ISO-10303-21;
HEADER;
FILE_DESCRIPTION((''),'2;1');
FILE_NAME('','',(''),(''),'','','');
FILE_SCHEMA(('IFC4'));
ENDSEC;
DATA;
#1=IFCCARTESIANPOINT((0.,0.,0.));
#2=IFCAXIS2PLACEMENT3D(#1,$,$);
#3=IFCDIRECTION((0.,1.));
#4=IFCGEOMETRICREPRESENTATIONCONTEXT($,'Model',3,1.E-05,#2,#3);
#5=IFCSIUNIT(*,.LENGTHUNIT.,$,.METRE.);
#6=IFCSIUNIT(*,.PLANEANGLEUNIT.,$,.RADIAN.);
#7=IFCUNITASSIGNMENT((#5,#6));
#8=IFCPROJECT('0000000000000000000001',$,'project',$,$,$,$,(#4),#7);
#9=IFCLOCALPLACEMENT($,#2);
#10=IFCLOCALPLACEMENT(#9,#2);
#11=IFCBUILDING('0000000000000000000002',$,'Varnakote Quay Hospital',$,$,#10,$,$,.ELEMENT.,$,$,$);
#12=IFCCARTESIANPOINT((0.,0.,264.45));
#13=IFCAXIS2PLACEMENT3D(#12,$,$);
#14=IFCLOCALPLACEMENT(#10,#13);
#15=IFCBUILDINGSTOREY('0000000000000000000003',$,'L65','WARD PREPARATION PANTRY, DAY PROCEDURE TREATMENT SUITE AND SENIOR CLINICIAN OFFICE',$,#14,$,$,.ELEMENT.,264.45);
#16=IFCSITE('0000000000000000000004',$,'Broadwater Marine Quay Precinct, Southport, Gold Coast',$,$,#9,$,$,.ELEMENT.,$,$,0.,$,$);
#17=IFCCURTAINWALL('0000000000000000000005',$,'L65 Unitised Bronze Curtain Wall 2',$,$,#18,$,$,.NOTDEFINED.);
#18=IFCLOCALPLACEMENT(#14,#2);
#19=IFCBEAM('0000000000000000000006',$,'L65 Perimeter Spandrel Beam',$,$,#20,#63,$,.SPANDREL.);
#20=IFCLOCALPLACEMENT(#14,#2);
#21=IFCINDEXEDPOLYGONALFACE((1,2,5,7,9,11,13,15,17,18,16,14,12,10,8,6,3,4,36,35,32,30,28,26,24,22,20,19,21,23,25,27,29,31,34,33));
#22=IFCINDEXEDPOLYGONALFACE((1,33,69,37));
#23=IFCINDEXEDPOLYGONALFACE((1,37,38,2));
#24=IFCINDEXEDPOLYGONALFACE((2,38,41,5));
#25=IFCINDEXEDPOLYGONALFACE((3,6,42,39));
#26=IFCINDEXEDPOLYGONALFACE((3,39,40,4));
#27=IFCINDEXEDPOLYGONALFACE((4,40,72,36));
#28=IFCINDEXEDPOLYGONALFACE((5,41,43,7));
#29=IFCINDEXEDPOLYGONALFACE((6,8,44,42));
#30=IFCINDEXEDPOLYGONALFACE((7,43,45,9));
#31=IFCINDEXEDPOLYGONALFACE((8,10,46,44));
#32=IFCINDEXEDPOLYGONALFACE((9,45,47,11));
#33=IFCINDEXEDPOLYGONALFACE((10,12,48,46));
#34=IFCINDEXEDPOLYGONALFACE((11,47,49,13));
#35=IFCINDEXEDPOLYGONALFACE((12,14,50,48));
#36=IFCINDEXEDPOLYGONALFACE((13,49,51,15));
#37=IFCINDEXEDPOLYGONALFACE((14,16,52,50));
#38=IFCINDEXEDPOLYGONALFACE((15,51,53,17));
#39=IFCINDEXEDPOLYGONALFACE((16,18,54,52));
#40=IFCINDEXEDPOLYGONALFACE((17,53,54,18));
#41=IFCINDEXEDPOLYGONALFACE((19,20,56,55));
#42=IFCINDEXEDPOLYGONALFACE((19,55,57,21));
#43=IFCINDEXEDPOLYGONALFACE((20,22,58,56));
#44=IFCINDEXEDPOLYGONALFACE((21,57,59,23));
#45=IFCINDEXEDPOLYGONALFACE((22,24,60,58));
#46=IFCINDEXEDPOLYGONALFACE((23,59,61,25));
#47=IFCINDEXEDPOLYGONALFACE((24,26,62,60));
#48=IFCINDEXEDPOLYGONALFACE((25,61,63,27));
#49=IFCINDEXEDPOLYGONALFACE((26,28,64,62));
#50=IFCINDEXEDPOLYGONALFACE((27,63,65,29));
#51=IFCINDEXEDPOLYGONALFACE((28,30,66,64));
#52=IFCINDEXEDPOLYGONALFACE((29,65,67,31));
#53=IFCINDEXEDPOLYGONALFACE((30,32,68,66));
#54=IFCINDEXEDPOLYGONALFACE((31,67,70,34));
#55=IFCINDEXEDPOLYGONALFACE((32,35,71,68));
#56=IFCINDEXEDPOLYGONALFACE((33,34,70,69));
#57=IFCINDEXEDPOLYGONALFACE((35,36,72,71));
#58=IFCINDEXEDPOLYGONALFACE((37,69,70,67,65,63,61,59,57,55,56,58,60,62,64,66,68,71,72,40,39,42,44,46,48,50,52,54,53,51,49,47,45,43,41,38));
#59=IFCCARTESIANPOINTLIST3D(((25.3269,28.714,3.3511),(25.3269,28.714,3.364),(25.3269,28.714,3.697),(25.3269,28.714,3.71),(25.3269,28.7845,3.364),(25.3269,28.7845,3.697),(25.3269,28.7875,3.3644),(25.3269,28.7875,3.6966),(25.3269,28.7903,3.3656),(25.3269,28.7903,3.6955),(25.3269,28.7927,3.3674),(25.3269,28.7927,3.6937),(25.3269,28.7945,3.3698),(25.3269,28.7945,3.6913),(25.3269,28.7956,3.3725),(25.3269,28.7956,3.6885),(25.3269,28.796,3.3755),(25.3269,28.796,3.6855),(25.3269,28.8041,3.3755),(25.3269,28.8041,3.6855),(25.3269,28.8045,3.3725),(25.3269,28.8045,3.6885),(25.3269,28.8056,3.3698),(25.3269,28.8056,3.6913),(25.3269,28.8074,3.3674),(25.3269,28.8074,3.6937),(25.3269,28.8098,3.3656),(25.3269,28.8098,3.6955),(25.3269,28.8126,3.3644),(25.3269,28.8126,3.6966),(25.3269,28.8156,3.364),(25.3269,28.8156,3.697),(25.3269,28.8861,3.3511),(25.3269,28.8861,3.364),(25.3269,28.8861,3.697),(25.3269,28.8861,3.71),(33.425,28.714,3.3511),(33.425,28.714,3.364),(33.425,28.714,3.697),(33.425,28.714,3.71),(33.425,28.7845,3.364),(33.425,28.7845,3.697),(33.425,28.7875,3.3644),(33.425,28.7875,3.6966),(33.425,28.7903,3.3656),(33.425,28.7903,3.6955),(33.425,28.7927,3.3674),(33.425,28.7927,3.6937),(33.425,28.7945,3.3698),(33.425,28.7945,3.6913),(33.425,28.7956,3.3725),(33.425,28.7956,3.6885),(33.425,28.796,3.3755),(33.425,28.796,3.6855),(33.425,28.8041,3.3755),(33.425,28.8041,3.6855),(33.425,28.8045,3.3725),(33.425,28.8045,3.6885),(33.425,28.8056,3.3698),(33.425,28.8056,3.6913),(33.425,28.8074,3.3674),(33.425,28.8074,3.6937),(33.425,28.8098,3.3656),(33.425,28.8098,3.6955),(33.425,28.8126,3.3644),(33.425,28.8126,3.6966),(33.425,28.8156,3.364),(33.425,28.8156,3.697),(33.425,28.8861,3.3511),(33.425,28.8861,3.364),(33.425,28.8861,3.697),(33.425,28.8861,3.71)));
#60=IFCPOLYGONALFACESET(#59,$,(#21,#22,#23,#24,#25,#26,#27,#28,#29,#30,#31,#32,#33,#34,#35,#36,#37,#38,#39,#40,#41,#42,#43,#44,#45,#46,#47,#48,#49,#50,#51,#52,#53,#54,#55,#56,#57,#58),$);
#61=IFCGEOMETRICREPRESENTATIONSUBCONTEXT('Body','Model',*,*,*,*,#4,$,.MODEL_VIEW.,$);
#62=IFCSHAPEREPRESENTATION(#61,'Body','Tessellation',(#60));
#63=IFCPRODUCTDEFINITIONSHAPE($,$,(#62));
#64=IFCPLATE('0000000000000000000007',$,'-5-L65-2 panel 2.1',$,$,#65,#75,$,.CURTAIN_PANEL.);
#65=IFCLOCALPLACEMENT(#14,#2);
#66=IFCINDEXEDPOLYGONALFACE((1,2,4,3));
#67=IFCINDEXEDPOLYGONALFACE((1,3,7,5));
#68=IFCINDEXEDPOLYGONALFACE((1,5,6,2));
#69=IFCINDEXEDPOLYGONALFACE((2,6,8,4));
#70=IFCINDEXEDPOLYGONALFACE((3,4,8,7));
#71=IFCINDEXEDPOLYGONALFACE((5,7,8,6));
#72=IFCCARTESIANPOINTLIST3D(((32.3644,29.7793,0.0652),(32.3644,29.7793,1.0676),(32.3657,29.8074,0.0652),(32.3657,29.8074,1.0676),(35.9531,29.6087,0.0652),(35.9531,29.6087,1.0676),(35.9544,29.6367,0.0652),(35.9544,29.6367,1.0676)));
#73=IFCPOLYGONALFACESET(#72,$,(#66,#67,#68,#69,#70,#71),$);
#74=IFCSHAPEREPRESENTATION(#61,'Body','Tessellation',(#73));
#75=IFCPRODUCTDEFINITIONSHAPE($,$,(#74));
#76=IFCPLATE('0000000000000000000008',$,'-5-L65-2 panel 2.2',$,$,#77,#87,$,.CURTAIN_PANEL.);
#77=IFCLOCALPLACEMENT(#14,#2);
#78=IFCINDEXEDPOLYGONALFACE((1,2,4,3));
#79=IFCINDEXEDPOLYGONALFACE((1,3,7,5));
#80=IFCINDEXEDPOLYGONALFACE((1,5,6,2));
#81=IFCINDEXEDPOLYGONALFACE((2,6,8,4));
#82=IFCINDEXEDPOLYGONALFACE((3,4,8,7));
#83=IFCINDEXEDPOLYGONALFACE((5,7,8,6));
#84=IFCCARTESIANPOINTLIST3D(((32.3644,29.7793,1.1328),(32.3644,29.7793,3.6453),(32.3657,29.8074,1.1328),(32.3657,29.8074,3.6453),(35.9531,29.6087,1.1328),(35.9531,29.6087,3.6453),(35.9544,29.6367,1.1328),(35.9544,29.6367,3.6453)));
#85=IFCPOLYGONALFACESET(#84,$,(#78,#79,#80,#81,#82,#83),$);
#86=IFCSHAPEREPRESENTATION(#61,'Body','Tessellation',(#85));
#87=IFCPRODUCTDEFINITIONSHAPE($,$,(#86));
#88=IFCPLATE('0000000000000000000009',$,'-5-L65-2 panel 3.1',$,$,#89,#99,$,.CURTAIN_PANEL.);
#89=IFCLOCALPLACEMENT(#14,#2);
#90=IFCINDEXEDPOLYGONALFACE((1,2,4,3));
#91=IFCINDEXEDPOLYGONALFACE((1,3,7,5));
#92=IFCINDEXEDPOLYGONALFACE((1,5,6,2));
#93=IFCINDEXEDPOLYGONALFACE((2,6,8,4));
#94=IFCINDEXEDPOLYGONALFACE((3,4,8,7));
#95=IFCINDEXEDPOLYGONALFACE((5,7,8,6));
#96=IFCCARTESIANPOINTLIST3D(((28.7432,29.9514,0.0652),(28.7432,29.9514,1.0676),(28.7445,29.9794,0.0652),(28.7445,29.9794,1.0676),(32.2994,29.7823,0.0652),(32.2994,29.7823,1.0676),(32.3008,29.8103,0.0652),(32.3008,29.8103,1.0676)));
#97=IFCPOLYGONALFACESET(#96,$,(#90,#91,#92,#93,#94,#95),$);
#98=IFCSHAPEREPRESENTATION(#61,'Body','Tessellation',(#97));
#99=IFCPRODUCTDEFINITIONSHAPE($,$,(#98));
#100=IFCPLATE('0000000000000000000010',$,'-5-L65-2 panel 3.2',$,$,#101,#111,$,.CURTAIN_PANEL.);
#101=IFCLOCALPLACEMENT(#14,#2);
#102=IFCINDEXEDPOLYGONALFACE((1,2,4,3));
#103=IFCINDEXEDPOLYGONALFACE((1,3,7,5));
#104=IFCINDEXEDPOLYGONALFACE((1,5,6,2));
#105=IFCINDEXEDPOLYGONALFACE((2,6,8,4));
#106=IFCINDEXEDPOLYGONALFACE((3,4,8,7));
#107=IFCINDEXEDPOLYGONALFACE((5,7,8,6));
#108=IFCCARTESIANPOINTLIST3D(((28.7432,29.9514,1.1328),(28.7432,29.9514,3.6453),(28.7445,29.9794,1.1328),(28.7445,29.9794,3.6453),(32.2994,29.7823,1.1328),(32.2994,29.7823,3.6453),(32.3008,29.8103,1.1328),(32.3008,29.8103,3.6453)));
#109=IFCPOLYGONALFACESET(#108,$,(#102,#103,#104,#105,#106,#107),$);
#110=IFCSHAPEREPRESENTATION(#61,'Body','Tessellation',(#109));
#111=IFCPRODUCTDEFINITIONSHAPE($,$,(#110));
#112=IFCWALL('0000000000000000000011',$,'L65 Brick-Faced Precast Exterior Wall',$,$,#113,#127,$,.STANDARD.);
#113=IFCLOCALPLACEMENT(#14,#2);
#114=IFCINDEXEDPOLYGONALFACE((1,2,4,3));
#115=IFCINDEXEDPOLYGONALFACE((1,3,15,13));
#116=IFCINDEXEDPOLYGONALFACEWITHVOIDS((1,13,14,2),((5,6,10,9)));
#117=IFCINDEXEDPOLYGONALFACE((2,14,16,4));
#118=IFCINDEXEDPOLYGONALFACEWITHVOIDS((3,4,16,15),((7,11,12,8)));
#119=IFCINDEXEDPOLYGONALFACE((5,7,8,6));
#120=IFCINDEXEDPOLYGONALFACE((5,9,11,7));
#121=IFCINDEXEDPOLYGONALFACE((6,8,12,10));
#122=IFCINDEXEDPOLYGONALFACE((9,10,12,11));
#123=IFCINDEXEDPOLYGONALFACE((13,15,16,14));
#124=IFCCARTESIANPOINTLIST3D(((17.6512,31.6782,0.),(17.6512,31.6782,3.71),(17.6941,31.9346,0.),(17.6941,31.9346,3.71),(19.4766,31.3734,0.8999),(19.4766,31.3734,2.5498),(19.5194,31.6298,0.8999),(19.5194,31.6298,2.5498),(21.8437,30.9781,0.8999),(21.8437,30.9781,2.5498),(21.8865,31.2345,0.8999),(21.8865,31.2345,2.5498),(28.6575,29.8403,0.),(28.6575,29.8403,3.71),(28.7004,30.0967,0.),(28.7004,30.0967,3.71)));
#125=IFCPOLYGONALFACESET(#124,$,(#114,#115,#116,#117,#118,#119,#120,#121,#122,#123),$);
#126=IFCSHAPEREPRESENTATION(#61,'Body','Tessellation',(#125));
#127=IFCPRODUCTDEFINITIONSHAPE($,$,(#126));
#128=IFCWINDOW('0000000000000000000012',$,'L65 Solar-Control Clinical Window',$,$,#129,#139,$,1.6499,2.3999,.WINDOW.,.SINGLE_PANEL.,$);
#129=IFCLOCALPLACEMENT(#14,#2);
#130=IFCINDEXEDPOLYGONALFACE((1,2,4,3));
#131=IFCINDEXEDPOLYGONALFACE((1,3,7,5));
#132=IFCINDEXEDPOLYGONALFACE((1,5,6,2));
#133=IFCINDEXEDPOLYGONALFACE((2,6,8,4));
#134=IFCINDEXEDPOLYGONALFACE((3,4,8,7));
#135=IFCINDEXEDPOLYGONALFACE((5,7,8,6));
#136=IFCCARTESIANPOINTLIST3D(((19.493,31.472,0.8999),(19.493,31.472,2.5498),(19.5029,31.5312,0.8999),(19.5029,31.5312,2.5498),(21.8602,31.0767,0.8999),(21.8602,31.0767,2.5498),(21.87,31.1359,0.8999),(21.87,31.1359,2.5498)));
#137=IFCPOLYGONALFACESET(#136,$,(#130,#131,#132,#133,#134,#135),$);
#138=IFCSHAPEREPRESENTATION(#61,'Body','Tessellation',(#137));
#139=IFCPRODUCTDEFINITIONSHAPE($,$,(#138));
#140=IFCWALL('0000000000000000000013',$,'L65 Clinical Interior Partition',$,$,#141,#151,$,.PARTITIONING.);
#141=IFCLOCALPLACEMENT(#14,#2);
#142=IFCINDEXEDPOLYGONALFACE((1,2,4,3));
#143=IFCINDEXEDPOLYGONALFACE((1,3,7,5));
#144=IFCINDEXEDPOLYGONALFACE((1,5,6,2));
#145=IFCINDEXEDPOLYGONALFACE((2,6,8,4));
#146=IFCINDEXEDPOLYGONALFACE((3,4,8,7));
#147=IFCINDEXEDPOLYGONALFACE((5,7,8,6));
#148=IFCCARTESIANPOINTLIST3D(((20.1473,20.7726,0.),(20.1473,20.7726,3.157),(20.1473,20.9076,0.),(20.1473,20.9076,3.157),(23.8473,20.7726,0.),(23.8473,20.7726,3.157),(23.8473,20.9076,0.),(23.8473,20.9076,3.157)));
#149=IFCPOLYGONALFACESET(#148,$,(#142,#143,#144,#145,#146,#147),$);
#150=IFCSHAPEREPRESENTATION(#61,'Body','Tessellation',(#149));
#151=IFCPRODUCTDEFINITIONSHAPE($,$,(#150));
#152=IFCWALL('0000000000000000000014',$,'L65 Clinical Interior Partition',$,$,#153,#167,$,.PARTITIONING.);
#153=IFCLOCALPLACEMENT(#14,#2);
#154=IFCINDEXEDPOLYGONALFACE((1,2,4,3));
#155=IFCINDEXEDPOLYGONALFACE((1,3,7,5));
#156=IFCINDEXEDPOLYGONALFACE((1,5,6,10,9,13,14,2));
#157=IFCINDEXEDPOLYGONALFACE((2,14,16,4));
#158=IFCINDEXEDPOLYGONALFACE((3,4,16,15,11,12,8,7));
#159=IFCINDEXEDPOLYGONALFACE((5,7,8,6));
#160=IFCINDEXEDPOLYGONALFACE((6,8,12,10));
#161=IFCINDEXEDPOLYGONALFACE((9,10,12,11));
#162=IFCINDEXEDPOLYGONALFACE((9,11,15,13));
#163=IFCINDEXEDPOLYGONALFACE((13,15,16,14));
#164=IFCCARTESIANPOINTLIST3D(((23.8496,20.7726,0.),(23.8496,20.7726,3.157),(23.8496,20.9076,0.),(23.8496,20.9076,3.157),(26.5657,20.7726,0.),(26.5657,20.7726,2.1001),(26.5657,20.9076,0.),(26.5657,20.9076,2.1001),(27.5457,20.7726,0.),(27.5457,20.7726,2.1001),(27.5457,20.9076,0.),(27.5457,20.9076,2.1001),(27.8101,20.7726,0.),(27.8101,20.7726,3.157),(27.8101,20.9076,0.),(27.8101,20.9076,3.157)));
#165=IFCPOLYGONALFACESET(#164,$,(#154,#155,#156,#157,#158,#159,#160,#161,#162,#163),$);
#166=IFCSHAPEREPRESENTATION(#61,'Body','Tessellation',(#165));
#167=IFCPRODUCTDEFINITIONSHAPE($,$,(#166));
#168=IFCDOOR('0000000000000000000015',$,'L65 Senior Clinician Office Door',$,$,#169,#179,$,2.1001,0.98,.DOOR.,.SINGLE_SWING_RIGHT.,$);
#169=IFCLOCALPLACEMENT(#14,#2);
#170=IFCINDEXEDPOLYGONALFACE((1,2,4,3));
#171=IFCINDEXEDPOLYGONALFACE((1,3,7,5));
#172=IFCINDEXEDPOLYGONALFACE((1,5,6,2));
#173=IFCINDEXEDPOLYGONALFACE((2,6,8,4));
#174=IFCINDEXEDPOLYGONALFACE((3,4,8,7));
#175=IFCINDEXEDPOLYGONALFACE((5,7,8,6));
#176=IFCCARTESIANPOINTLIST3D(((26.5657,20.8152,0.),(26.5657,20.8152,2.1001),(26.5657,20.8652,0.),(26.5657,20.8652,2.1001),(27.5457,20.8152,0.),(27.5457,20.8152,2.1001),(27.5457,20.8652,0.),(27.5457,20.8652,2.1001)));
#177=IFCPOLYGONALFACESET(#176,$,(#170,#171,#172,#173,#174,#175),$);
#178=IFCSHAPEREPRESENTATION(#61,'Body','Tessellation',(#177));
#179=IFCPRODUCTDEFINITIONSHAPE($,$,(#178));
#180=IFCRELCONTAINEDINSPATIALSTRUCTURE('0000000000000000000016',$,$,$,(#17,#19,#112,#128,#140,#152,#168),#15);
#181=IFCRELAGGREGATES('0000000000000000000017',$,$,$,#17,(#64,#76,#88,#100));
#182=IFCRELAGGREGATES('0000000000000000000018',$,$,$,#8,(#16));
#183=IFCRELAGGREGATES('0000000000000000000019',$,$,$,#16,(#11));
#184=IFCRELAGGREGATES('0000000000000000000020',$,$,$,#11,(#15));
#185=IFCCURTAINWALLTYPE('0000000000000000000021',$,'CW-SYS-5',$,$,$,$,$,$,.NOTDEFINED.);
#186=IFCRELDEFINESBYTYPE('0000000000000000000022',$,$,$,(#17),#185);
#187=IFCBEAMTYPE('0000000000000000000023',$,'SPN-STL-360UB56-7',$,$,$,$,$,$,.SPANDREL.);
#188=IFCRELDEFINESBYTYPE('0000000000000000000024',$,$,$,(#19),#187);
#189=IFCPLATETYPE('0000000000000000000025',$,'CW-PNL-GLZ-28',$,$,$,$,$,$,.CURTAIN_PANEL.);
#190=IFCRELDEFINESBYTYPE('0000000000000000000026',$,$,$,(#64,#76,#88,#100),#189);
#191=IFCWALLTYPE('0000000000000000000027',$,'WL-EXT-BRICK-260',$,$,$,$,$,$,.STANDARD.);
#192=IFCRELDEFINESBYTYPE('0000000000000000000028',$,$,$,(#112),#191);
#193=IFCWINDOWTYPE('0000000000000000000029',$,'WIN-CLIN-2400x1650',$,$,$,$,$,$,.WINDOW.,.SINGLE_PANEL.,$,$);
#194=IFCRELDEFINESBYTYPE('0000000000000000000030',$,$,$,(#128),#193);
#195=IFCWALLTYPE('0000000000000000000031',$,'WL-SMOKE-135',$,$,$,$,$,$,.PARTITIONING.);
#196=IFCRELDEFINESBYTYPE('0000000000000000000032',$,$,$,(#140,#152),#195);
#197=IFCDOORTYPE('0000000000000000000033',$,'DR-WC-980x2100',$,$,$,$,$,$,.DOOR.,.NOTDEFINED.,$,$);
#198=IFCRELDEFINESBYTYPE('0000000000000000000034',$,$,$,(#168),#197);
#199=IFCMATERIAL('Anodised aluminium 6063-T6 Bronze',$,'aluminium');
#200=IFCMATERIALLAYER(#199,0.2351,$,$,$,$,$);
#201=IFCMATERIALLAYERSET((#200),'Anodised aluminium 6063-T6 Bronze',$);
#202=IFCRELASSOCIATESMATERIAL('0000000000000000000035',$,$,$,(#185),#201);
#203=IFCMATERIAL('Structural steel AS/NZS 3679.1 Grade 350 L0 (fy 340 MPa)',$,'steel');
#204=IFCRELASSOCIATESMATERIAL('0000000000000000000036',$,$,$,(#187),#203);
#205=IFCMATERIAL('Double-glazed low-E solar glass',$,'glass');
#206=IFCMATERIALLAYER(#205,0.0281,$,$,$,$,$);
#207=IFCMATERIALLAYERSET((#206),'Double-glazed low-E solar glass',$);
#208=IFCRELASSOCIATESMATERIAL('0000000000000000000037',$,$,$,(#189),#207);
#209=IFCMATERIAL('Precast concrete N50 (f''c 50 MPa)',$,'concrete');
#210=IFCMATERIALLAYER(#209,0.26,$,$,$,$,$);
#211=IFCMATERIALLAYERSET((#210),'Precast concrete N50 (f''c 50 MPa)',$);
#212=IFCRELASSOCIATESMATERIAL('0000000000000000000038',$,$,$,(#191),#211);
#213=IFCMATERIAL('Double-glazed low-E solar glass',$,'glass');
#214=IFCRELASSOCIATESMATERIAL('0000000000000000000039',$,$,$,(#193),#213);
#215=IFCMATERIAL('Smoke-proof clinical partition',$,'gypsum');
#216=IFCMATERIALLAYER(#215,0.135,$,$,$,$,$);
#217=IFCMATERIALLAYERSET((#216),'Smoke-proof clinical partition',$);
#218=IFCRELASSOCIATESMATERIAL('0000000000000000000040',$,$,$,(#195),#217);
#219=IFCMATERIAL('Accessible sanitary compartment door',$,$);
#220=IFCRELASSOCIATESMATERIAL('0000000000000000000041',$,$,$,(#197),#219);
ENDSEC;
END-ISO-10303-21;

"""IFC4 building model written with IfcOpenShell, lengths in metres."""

from ifc_helpers import new_model, si_unit, direction, frame, frame_2d, origin, origin_2d, place, context, subcontext, project, spatial, rectangle, i_section, extrude, material, layer, layer_set, material_profile, profile_set, type_object, element, fill, aggregate, save


model = new_model("IFC4")

# Units and contexts
model_context = context("Model", 3, precision=1e-05, world=origin(), true_north=direction((0.0, 1.0)))
body_context = subcontext(model_context, "Body", "Model", "MODEL_VIEW")
ifc_project = project(units=[si_unit("LENGTHUNIT", "METRE"), si_unit("PLANEANGLEUNIT", "RADIAN")], contexts=[model_context])

# Site, building, storey
site_placement = place(None, origin())
site = spatial("IfcSite", under=ifc_project, at=site_placement, Name="Broadwater Marine Quay Precinct, Southport, Gold Coast", CompositionType="ELEMENT", RefElevation=0.0)
building_placement = place(site_placement, origin())
building = spatial("IfcBuilding", under=site, at=building_placement, Name="Varnakote Quay Hospital", CompositionType="ELEMENT")
storey_placement = place(building_placement, frame((0.0, 0.0, 264.45)))
storey = spatial("IfcBuildingStorey", under=building, at=storey_placement, Name="L65", Description="WARD PREPARATION PANTRY, DAY PROCEDURE TREATMENT SUITE AND SENIOR CLINICIAN OFFICE", CompositionType="ELEMENT", Elevation=264.45)

# Curtain wall
ifc_material_1 = material(Name="Anodised aluminium 6063-T6 Bronze", Category="aluminium")
ifc_layer_1 = layer(ifc_material_1, 0.2351)
ifc_layer_set_1 = layer_set([ifc_layer_1], Name="Anodised aluminium 6063-T6 Bronze")
curtain_wall_type = type_object("IfcCurtainWallType", Name="CW-SYS-5", PredefinedType="NOTDEFINED", material=ifc_layer_set_1)
curtain_wall_placement = place(storey_placement, origin())
curtain_wall = element("IfcCurtainWall", 1, at=curtain_wall_placement, inside=storey, type_object=curtain_wall_type, Name="L65 Unitised Bronze Curtain Wall 2", PredefinedType="NOTDEFINED")

# Beam
ifc_material_2 = material(Name="Structural steel AS/NZS 3679.1 Grade 350 L0 (fy 340 MPa)", Category="steel")
ifc_material_profile_1 = material_profile(ifc_material_2, i_section(OverallWidth=0.1721, OverallDepth=0.3589, WebThickness=0.0081, FlangeThickness=0.0129, FilletRadius=0.0115, at=origin_2d()), Name="360UB56.7")
ifc_profile_set_1 = profile_set([ifc_material_profile_1], Name="Structural steel AS/NZS 3679.1 Grade 350 L0 (fy 340 MPa)")
beam_type_1 = type_object("IfcBeamType", Name="SPN-STL-360UB56-7", PredefinedType="SPANDREL", material=ifc_profile_set_1)
beam_1_placement = place(storey_placement, frame((25.3269, 28.8, 3.5305), z_axis=(1.0, 0.0, 0.0), x_axis=(0.0, 1.0, 0.0)))
element("IfcBeam", 2, at=beam_1_placement, inside=storey, type_object=beam_type_1, Name="L65 Perimeter Spandrel Beam", PredefinedType="SPANDREL", context=body_context, shape_type="SweptSolid", body=[
    extrude(i_section(OverallWidth=0.1721, OverallDepth=0.3589, WebThickness=0.0081, FlangeThickness=0.0129, FilletRadius=0.0115, at=origin_2d()), origin(), (0.0, 0.0, 1.0), 8.0981),
])

# Plates
ifc_material_3 = material(Name="Double-glazed low-E solar glass", Category="glass")
ifc_layer_2 = layer(ifc_material_3, 0.0281)
ifc_layer_set_2 = layer_set([ifc_layer_2], Name="Double-glazed low-E solar glass")
plate_type = type_object("IfcPlateType", Name="CW-PNL-GLZ-28", PredefinedType="CURTAIN_PANEL", material=ifc_layer_set_2)
plate_1_placement = place(storey_placement, frame((34.1594, 29.708, 0.0652), z_axis=(0.0, 0.0, 1.0), x_axis=(-0.998871, 0.047497, 0.0)))
plate_1 = element("IfcPlate", 3, at=plate_1_placement, type_object=plate_type, Name="-5-L65-2 panel 2.1", PredefinedType="CURTAIN_PANEL", context=body_context, shape_type="SweptSolid", body=[
    extrude(rectangle(XDim=3.5928, YDim=0.0281, at=origin_2d()), origin(), (0.0, 0.0, 1.0), 1.0024),
])
plate_2_placement = place(storey_placement, frame((34.1594, 29.708, 1.1328), z_axis=(0.0, 0.0, 1.0), x_axis=(-0.998871, 0.047497, 0.0)))
plate_2 = element("IfcPlate", 4, at=plate_2_placement, type_object=plate_type, Name="-5-L65-2 panel 2.2", PredefinedType="CURTAIN_PANEL", context=body_context, shape_type="SweptSolid", body=[
    extrude(rectangle(XDim=3.5928, YDim=0.0281, at=origin_2d()), origin(), (0.0, 0.0, 1.0), 2.5125),
])
plate_3_placement = place(storey_placement, frame((30.522, 29.8809, 0.0652), z_axis=(0.0, 0.0, 1.0), x_axis=(-0.998871, 0.047497, 0.0)))
plate_3 = element("IfcPlate", 5, at=plate_3_placement, type_object=plate_type, Name="-5-L65-2 panel 3.1", PredefinedType="CURTAIN_PANEL", context=body_context, shape_type="SweptSolid", body=[
    extrude(rectangle(XDim=3.5603, YDim=0.0281, at=origin_2d()), origin(), (0.0, 0.0, 1.0), 1.0024),
])
plate_4_placement = place(storey_placement, frame((30.522, 29.8809, 1.1328), z_axis=(0.0, 0.0, 1.0), x_axis=(-0.998871, 0.047497, 0.0)))
plate_4 = element("IfcPlate", 6, at=plate_4_placement, type_object=plate_type, Name="-5-L65-2 panel 3.2", PredefinedType="CURTAIN_PANEL", context=body_context, shape_type="SweptSolid", body=[
    extrude(rectangle(XDim=3.5603, YDim=0.0281, at=origin_2d()), origin(), (0.0, 0.0, 1.0), 2.5125),
])
aggregate(curtain_wall, [plate_1, plate_2, plate_3, plate_4])

# Wall, opening, window
ifc_material_4 = material(Name="Precast concrete N50 (f'c 50 MPa)", Category="concrete")
ifc_layer_3 = layer(ifc_material_4, 0.26)
ifc_layer_set_3 = layer_set([ifc_layer_3], Name="Precast concrete N50 (f'c 50 MPa)")
wall_type_1 = type_object("IfcWallType", Name="WL-EXT-BRICK-260", PredefinedType="STANDARD", material=ifc_layer_set_3)
wall_1_placement = place(storey_placement, frame((28.679, 29.9685, 0.0), z_axis=(0.0, 0.0, 1.0), x_axis=(-0.986343, 0.164704, 0.0)))
wall_1 = element("IfcWall", 7, at=wall_1_placement, inside=storey, type_object=wall_type_1, Name="L65 Brick-Faced Precast Exterior Wall", PredefinedType="STANDARD", context=body_context, shape_type="SweptSolid", body=[
    extrude(rectangle(XDim=11.1587, YDim=0.26, at=frame_2d((5.5793, 0.0))), origin(), (0.0, 0.0, 1.0), 3.71),
])
opening_1_placement = place(wall_1_placement, frame((6.9082, 0.0, 0.8999)))
opening_1 = element("IfcOpeningElement", 8, at=opening_1_placement, cuts=wall_1, PredefinedType="OPENING", context=body_context, shape_type="SweptSolid", body=[
    extrude(rectangle(XDim=2.3999, YDim=1.6499, at=frame_2d((1.2, 0.825))), frame((0.0, 0.1399, 0.0), z_axis=(0.0, -1.0, 0.0), x_axis=(1.0, 0.0, 0.0)), (0.0, 0.0, 1.0), 0.28),
])
ifc_material_5 = material(Name="Double-glazed low-E solar glass", Category="glass")
window_type = type_object("IfcWindowType", Name="WIN-CLIN-2400x1650", PartitioningType="SINGLE_PANEL", PredefinedType="WINDOW", material=ifc_material_5)
window_placement = place(opening_1_placement, origin())
window = element("IfcWindow", 9, at=window_placement, inside=storey, type_object=window_type, Name="L65 Solar-Control Clinical Window", OverallHeight=1.6499, OverallWidth=2.3999, PartitioningType="SINGLE_PANEL", PredefinedType="WINDOW", context=body_context, shape_type="SweptSolid", body=[
    extrude(rectangle(XDim=2.3999, YDim=1.6499, at=frame_2d((1.2, 0.825))), frame((0.0, 0.03, 0.0), z_axis=(0.0, -1.0, 0.0), x_axis=(1.0, 0.0, 0.0)), (0.0, 0.0, 1.0), 0.0601),
])
fill(opening_1, window)

# Wall
ifc_material_6 = material(Name="Smoke-proof clinical partition", Category="gypsum")
ifc_layer_4 = layer(ifc_material_6, 0.135)
ifc_layer_set_4 = layer_set([ifc_layer_4], Name="Smoke-proof clinical partition")
wall_type_2 = type_object("IfcWallType", Name="WL-SMOKE-135", PredefinedType="PARTITIONING", material=ifc_layer_set_4)
wall_2_placement = place(storey_placement, frame((23.8474, 20.8401, 0.0), z_axis=(0.0, 0.0, 1.0), x_axis=(-1.0, 0.0, 0.0)))
element("IfcWall", 10, at=wall_2_placement, inside=storey, type_object=wall_type_2, Name="L65 Clinical Interior Partition", PredefinedType="PARTITIONING", context=body_context, shape_type="SweptSolid", body=[
    extrude(rectangle(XDim=3.7, YDim=0.135, at=frame_2d((1.8501, 0.0))), origin(), (0.0, 0.0, 1.0), 3.157),
])

# Wall, opening, door
wall_3_placement = place(storey_placement, frame((27.8101, 20.8401, 0.0), z_axis=(0.0, 0.0, 1.0), x_axis=(-1.0, 0.0, 0.0)))
wall_3 = element("IfcWall", 11, at=wall_3_placement, inside=storey, type_object=wall_type_2, Name="L65 Clinical Interior Partition", PredefinedType="PARTITIONING", context=body_context, shape_type="SweptSolid", body=[
    extrude(rectangle(XDim=3.9604, YDim=0.135, at=frame_2d((1.9802, 0.0))), origin(), (0.0, 0.0, 1.0), 3.157),
])
opening_2_placement = place(wall_3_placement, frame((0.2644, 0.0, 0.0)))
opening_2 = element("IfcOpeningElement", 12, at=opening_2_placement, cuts=wall_3, PredefinedType="OPENING", context=body_context, shape_type="SweptSolid", body=[
    extrude(rectangle(XDim=0.98, YDim=2.1001, at=frame_2d((0.49, 1.05))), frame((0.0, 0.0774, 0.0), z_axis=(0.0, -1.0, 0.0), x_axis=(1.0, 0.0, 0.0)), (0.0, 0.0, 1.0), 0.155),
])
ifc_material_7 = material(Name="Accessible sanitary compartment door")
door_type_1 = type_object("IfcDoorType", Name="DR-WC-980x2100", OperationType="NOTDEFINED", PredefinedType="DOOR", material=ifc_material_7)
door_1_placement = place(opening_2_placement, origin())
door_1 = element("IfcDoor", 13, at=door_1_placement, inside=storey, type_object=door_type_1, Name="L65 Senior Clinician Office Door", OperationType="SINGLE_SWING_RIGHT", OverallHeight=2.1001, OverallWidth=0.98, PredefinedType="DOOR", context=body_context, shape_type="SweptSolid", body=[
    extrude(rectangle(XDim=0.98, YDim=2.1001, at=frame_2d((0.49, 1.05))), frame((0.0, 0.0249, 0.0), z_axis=(0.0, -1.0, 0.0), x_axis=(1.0, 0.0, 0.0)), (0.0, 0.0, 1.0), 0.05),
])
fill(opening_2, door_1)

save(model, "model.ifc")
